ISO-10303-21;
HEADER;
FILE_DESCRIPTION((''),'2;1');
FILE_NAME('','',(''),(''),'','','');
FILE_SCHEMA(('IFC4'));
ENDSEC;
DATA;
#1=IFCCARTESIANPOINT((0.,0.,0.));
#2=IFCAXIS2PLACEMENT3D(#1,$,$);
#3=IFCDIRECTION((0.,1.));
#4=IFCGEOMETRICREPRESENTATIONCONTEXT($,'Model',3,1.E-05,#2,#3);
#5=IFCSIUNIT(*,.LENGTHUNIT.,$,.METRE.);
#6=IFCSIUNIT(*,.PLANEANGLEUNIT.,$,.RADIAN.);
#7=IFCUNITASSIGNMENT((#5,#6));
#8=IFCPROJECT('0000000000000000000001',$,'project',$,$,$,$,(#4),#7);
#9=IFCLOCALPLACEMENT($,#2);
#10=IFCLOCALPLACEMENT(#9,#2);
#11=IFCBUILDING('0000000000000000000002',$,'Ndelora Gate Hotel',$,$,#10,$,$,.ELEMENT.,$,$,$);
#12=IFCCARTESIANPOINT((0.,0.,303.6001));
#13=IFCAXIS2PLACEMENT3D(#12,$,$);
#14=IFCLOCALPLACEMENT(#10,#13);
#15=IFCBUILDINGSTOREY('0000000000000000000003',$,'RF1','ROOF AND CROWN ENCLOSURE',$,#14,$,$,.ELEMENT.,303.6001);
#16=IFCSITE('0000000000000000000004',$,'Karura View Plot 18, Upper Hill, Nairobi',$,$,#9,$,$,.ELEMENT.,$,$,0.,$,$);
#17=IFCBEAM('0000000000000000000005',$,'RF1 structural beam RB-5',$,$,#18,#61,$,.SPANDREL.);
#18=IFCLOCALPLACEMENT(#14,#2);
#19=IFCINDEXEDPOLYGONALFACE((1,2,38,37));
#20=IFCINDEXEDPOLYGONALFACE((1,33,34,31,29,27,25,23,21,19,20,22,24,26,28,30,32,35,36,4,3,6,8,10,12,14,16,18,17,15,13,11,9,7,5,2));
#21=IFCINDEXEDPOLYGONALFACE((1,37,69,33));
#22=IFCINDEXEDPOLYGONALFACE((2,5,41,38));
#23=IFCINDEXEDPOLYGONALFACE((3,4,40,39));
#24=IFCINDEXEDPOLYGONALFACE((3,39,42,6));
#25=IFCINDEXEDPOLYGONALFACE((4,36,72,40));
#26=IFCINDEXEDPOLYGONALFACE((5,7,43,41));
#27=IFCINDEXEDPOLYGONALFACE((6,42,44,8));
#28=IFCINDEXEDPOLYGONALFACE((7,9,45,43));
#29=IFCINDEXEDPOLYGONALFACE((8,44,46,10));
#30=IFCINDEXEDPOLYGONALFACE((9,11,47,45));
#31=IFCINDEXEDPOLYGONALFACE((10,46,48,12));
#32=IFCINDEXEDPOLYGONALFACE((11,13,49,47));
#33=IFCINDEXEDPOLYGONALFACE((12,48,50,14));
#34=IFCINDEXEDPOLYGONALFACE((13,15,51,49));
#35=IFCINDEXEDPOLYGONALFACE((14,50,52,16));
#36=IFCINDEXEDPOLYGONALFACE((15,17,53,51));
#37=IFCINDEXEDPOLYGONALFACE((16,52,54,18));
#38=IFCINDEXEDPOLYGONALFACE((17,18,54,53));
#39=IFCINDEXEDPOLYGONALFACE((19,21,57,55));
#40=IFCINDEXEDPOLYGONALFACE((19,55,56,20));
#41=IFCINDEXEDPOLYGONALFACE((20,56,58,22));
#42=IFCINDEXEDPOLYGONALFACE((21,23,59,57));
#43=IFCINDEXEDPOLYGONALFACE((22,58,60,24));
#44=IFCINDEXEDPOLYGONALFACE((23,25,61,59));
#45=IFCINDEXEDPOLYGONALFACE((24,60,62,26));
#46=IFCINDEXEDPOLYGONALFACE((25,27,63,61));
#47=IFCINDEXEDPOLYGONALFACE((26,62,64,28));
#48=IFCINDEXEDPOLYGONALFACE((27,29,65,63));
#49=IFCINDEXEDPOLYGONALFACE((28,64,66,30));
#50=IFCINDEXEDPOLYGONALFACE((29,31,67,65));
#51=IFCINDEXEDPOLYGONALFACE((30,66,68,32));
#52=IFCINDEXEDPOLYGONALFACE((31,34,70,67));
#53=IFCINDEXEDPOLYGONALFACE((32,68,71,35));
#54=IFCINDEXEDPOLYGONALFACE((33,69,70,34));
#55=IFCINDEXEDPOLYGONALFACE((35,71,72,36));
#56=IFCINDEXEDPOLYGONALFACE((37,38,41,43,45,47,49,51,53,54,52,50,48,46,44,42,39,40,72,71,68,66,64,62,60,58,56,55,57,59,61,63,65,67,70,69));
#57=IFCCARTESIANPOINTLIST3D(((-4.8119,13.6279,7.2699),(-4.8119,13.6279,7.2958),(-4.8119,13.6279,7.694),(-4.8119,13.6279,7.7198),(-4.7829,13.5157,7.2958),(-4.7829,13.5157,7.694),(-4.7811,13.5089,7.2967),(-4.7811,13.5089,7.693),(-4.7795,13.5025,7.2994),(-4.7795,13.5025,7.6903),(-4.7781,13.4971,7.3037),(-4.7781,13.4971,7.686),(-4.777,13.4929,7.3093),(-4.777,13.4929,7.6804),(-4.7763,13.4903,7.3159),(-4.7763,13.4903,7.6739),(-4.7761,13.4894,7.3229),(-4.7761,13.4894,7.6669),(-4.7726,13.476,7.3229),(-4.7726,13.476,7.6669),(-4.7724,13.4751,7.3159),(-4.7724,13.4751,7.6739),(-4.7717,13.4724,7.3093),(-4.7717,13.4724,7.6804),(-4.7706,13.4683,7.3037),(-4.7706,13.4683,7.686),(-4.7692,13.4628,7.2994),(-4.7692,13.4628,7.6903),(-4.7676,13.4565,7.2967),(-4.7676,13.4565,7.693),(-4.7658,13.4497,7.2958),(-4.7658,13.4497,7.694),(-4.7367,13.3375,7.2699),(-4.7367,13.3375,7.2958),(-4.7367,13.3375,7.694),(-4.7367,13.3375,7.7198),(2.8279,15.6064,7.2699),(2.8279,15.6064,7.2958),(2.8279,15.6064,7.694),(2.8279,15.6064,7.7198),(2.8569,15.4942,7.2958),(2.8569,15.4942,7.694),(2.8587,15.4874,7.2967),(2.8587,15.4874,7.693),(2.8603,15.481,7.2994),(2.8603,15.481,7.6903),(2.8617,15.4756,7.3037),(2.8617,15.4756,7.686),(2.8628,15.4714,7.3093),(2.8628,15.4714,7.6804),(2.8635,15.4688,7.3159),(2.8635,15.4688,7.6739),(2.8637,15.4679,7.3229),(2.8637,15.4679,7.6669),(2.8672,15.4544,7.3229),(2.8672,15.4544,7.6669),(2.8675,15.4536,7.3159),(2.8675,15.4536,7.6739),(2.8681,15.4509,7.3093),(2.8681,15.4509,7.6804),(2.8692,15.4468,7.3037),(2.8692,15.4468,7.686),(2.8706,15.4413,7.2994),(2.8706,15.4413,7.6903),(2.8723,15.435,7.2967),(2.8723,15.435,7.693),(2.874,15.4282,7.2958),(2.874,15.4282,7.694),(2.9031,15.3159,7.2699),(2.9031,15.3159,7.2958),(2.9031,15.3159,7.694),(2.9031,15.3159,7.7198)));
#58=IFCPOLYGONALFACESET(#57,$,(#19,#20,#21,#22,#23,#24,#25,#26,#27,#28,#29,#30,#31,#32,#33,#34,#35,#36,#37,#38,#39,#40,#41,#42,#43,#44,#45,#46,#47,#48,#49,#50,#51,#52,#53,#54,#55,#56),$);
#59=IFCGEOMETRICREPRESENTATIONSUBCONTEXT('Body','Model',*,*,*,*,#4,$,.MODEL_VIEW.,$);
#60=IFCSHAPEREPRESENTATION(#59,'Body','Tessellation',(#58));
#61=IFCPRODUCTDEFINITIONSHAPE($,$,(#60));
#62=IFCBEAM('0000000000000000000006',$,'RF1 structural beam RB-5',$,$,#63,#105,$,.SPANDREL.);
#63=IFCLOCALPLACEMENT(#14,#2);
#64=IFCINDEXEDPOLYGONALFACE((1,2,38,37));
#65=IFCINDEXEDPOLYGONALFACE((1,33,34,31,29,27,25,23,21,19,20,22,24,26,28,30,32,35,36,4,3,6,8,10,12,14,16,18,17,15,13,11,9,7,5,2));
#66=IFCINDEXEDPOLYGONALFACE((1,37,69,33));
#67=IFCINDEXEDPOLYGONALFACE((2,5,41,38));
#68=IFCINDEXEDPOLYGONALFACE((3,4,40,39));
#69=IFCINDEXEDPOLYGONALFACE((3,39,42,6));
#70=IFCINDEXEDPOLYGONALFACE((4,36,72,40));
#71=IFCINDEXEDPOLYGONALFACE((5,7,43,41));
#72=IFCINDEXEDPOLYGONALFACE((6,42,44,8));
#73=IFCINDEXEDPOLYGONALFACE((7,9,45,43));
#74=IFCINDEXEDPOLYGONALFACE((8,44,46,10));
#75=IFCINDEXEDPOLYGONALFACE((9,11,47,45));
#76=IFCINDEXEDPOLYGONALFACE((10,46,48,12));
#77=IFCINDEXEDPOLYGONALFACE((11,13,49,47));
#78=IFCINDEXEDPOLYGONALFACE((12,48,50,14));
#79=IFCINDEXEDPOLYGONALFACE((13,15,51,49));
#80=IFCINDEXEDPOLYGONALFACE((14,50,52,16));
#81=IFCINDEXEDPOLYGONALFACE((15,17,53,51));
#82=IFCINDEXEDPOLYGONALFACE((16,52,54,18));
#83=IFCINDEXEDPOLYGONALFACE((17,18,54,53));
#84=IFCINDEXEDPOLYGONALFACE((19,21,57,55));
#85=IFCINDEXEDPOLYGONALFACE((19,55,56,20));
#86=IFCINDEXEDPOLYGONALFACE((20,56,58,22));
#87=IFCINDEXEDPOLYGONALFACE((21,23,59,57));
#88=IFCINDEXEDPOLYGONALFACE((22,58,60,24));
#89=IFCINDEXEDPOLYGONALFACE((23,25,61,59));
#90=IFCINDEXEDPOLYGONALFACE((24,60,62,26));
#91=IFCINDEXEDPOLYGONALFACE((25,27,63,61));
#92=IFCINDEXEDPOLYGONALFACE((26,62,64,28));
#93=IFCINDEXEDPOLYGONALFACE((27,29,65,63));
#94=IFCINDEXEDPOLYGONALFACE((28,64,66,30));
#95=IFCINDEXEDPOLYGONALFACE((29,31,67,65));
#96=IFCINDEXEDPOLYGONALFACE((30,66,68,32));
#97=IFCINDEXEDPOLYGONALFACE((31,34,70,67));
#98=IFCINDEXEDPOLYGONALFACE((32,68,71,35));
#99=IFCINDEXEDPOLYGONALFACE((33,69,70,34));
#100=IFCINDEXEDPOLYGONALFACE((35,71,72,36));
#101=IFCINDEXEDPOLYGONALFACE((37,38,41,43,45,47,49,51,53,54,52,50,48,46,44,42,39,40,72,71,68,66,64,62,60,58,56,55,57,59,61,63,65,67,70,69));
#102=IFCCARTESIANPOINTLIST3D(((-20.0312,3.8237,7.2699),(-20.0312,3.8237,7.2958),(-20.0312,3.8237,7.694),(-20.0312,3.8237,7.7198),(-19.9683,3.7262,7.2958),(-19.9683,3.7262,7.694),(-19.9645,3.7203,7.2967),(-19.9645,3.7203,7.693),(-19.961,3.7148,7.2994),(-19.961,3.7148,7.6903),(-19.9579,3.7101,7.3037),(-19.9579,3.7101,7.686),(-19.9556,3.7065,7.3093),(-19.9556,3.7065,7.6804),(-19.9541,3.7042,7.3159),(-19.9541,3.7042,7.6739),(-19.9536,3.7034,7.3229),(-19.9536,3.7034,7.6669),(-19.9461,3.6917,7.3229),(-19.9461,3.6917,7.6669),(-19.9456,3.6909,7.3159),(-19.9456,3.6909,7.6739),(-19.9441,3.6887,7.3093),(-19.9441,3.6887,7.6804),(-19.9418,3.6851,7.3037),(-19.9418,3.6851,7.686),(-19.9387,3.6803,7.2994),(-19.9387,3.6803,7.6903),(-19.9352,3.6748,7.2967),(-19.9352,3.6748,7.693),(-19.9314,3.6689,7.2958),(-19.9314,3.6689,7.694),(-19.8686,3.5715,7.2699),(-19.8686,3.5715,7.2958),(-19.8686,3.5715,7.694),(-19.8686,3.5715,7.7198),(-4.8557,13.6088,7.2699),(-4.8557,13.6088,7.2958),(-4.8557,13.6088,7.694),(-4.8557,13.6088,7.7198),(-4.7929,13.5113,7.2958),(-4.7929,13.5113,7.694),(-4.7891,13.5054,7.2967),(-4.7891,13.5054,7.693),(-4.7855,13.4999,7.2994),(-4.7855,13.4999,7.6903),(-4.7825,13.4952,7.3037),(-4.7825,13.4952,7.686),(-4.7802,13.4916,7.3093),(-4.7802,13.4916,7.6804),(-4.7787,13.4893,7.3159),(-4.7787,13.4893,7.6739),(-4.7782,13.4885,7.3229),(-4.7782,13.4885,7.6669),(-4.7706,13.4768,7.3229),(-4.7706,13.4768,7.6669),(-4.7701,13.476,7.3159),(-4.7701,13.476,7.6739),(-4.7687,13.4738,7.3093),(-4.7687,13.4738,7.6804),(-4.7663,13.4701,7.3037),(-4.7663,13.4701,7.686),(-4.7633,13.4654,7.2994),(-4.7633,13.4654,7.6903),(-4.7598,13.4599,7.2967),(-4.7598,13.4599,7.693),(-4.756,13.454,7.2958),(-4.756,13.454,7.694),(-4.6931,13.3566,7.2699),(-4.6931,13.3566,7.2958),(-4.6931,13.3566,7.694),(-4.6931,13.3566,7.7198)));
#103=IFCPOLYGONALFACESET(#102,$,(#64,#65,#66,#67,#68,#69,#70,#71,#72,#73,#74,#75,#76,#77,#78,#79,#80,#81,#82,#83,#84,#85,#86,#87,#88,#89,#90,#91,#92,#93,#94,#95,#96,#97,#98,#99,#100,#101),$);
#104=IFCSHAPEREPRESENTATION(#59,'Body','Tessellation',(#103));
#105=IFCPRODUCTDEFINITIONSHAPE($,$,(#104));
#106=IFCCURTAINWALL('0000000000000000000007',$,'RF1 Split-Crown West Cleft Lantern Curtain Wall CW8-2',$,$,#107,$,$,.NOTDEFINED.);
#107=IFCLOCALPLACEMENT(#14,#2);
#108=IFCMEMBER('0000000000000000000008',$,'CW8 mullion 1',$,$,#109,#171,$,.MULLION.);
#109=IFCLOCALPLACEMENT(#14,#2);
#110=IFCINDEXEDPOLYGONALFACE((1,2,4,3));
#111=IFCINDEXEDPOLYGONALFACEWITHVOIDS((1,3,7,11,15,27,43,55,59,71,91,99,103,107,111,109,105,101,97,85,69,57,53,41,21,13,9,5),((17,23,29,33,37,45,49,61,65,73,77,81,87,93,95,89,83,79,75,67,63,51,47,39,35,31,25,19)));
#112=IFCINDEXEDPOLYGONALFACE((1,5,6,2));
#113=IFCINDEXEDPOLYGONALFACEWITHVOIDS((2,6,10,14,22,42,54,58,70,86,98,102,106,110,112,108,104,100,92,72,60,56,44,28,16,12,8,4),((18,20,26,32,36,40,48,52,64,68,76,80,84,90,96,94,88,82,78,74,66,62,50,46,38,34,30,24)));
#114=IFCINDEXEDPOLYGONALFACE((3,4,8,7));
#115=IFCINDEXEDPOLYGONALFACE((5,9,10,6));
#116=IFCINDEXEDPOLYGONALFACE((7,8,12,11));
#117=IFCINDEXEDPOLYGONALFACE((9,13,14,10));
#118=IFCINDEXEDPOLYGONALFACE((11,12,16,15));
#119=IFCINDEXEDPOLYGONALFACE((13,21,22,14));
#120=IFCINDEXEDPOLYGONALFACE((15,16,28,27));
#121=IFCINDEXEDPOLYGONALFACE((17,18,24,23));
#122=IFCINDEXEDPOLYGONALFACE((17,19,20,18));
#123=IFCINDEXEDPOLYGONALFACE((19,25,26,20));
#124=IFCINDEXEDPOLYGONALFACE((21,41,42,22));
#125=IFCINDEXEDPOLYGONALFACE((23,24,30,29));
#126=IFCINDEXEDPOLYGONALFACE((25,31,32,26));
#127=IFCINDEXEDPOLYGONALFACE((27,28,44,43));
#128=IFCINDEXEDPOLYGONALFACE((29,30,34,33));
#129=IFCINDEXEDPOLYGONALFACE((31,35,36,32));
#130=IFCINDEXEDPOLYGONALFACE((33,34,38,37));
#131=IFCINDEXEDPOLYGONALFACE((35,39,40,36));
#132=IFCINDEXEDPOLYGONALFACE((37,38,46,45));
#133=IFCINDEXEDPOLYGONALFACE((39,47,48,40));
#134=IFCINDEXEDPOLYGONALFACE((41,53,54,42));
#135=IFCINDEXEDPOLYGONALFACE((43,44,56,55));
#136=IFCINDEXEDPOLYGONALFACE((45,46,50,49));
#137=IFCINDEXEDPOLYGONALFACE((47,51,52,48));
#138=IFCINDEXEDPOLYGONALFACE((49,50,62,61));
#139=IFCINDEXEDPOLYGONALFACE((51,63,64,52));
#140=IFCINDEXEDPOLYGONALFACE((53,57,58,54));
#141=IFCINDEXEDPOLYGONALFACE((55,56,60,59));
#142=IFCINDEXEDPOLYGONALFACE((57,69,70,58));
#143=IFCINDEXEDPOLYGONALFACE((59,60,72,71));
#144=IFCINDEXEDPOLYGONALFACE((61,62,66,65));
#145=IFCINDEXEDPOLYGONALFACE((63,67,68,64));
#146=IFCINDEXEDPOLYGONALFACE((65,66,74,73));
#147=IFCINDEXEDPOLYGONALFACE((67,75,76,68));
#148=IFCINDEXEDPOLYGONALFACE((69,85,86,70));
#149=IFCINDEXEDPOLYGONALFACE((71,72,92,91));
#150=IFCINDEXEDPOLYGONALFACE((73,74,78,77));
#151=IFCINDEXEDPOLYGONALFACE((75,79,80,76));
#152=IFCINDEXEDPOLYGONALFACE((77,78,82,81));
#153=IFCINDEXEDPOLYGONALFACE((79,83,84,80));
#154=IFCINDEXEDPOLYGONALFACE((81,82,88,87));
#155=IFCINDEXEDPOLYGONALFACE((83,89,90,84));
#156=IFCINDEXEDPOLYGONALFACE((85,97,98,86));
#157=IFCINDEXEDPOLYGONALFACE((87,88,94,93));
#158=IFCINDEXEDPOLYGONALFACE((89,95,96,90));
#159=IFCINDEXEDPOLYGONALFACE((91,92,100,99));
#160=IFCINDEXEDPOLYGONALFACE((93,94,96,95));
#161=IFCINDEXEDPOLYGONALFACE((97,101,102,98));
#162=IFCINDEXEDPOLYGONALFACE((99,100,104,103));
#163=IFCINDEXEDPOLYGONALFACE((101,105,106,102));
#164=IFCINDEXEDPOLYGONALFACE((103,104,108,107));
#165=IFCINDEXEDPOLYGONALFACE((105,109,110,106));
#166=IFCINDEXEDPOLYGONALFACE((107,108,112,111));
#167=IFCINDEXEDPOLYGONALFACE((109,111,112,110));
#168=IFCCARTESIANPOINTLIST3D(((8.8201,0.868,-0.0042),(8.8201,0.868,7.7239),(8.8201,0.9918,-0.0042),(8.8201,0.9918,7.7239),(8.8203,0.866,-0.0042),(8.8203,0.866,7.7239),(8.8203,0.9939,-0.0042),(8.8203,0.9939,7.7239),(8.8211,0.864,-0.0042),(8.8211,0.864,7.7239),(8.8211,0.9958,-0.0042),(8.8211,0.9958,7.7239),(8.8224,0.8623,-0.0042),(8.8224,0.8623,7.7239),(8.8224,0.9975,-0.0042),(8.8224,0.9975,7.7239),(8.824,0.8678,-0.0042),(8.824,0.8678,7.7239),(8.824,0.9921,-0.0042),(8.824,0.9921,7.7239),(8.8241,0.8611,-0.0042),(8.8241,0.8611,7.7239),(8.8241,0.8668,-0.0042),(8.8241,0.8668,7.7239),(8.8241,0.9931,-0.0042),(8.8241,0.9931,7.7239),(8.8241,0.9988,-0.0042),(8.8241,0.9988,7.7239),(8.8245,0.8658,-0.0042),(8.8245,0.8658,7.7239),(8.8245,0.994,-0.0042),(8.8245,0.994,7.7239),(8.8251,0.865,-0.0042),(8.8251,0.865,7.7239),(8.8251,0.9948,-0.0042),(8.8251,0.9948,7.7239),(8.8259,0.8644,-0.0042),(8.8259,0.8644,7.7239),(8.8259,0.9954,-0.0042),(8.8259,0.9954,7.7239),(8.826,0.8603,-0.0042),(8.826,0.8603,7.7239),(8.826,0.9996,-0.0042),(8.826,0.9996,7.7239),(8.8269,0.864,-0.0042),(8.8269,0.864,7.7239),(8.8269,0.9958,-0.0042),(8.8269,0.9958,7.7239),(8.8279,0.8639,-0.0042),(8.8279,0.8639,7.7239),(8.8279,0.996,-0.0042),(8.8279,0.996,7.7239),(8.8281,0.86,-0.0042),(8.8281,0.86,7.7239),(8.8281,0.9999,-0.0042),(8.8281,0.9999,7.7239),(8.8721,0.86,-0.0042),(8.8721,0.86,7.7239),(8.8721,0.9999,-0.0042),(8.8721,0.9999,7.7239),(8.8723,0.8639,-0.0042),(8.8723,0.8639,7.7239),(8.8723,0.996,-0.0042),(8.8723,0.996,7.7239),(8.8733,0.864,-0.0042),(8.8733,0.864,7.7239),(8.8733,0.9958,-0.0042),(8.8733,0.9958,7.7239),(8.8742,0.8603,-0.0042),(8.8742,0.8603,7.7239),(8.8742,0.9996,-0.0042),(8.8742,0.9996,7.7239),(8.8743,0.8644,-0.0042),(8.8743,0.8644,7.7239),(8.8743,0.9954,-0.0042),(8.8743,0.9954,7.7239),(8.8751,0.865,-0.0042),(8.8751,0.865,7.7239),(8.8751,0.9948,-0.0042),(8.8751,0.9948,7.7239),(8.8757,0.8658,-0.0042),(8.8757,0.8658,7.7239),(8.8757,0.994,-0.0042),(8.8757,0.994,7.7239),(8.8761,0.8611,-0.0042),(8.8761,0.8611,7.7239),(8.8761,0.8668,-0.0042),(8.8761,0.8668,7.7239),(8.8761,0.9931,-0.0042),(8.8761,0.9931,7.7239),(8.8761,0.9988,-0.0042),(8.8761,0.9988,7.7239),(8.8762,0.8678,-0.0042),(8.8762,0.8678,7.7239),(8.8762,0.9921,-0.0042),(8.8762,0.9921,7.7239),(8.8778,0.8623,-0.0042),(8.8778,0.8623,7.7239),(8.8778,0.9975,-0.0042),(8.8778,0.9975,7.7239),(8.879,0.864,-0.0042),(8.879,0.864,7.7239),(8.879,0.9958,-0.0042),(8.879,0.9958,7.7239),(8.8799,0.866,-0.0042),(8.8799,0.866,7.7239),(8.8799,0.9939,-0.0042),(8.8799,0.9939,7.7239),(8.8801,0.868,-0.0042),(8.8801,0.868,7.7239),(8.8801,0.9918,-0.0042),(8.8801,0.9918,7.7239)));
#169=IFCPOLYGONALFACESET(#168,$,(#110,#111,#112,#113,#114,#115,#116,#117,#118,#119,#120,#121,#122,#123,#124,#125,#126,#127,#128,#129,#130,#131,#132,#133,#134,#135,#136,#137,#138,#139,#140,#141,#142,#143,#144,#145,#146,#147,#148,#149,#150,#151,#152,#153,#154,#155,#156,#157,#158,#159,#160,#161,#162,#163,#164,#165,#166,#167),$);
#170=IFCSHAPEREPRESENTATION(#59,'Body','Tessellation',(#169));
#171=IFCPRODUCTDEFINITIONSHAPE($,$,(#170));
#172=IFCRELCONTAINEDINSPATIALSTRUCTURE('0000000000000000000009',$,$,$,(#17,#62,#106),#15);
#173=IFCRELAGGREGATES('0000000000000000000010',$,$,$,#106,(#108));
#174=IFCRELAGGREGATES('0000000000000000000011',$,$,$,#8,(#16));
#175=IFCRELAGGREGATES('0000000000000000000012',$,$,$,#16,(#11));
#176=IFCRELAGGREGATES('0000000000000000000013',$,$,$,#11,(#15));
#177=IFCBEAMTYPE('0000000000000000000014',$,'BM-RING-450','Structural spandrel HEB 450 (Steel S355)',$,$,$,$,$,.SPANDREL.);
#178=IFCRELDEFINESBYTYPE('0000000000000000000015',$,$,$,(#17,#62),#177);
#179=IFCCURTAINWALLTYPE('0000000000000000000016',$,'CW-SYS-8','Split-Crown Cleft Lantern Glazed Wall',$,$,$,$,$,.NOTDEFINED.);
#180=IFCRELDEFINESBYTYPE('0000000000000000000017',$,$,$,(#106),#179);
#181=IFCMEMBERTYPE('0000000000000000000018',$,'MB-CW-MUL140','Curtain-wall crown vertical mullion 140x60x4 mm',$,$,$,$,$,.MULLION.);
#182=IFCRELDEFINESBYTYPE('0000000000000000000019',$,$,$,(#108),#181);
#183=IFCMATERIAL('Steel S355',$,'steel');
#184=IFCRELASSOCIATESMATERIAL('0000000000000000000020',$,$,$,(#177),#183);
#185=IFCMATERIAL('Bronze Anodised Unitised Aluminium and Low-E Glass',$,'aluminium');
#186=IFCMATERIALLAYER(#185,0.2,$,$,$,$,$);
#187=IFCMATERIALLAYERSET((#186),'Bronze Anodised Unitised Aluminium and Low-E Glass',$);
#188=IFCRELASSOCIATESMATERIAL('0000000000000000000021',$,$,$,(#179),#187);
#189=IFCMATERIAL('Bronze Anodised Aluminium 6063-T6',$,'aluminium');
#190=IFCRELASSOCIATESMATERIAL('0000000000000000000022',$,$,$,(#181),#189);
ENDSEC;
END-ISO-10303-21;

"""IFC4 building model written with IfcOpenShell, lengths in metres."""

from ifc_helpers import new_model, si_unit, direction, frame, origin, origin_2d, place, context, subcontext, project, spatial, hollow_rectangle, i_section, extrude, material, layer, layer_set, material_profile, profile_set, type_object, element, aggregate, save


model = new_model("IFC4")

# Units and contexts
model_context = context("Model", 3, precision=1e-05, world=origin(), true_north=direction((0.0, 1.0)))
body_context = subcontext(model_context, "Body", "Model", "MODEL_VIEW")
ifc_project = project(units=[si_unit("LENGTHUNIT", "METRE"), si_unit("PLANEANGLEUNIT", "RADIAN")], contexts=[model_context])

# Site, building, storey
site_placement = place(None, origin())
site = spatial("IfcSite", under=ifc_project, at=site_placement, Name="Karura View Plot 18, Upper Hill, Nairobi", CompositionType="ELEMENT", RefElevation=0.0)
building_placement = place(site_placement, origin())
building = spatial("IfcBuilding", under=site, at=building_placement, Name="Ndelora Gate Hotel", CompositionType="ELEMENT")
storey_placement = place(building_placement, frame((0.0, 0.0, 303.6001)))
storey = spatial("IfcBuildingStorey", under=building, at=storey_placement, Name="RF1", Description="ROOF AND CROWN ENCLOSURE", CompositionType="ELEMENT", Elevation=303.6001)

# Beams
ifc_material_1 = material(Name="Steel S355", Category="steel")
ifc_material_profile_1 = material_profile(ifc_material_1, i_section(OverallWidth=0.3, OverallDepth=0.45, WebThickness=0.0139, FlangeThickness=0.0259, FilletRadius=0.0271, at=origin_2d()), Name="HEB 450")
ifc_profile_set_1 = profile_set([ifc_material_profile_1], Name="Steel S355")
beam_type_1 = type_object("IfcBeamType", Name="BM-RING-450", Description="Structural spandrel HEB 450 (Steel S355)", PredefinedType="SPANDREL", material=ifc_profile_set_1)
beam_1_placement = place(storey_placement, frame((2.8655, 15.4612, 7.4949), z_axis=(-0.968064, -0.250701, 0.0), x_axis=(0.250701, -0.968064, 0.0)))
element("IfcBeam", 1, at=beam_1_placement, inside=storey, type_object=beam_type_1, Name="RF1 structural beam RB-5", PredefinedType="SPANDREL", context=body_context, shape_type="SweptSolid", body=[
    extrude(i_section(OverallWidth=0.3, OverallDepth=0.45, WebThickness=0.0139, FlangeThickness=0.0259, FilletRadius=0.0271, at=origin_2d()), origin(), (0.0, 0.0, 1.0), 7.8918),
])
beam_2_placement = place(storey_placement, frame((-4.7744, 13.4827, 7.4949), z_axis=(-0.840436, -0.541911, 0.0), x_axis=(0.541911, -0.840436, 0.0)))
element("IfcBeam", 2, at=beam_2_placement, inside=storey, type_object=beam_type_1, Name="RF1 structural beam RB-5", PredefinedType="SPANDREL", context=body_context, shape_type="SweptSolid", body=[
    extrude(i_section(OverallWidth=0.3, OverallDepth=0.45, WebThickness=0.0139, FlangeThickness=0.0259, FilletRadius=0.0271, at=origin_2d()), origin(), (0.0, 0.0, 1.0), 18.0566),
])

# Curtain wall, member
ifc_material_2 = material(Name="Bronze Anodised Unitised Aluminium and Low-E Glass", Category="aluminium")
ifc_layer_1 = layer(ifc_material_2, 0.2)
ifc_layer_set_1 = layer_set([ifc_layer_1], Name="Bronze Anodised Unitised Aluminium and Low-E Glass")
curtain_wall_type = type_object("IfcCurtainWallType", Name="CW-SYS-8", Description="Split-Crown Cleft Lantern Glazed Wall", PredefinedType="NOTDEFINED", material=ifc_layer_set_1)
curtain_wall_placement = place(storey_placement, origin())
curtain_wall = element("IfcCurtainWall", 3, at=curtain_wall_placement, inside=storey, type_object=curtain_wall_type, Name="RF1 Split-Crown West Cleft Lantern Curtain Wall CW8-2", PredefinedType="NOTDEFINED")
ifc_material_3 = material(Name="Bronze Anodised Aluminium 6063-T6", Category="aluminium")
ifc_material_profile_2 = material_profile(ifc_material_3, hollow_rectangle(XDim=0.0601, YDim=0.1399, WallThickness=0.0039, InnerFilletRadius=0.0039, OuterFilletRadius=0.0081, at=origin_2d()), Name="ALU 140x60x4")
ifc_profile_set_2 = profile_set([ifc_material_profile_2], Name="Bronze Anodised Aluminium 6063-T6")
member_type_1 = type_object("IfcMemberType", Name="MB-CW-MUL140", Description="Curtain-wall crown vertical mullion 140x60x4 mm", PredefinedType="MULLION", material=ifc_profile_set_2)
member_1_placement = place(storey_placement, frame((8.8501, 0.9299, -0.0042), z_axis=(0.0, 0.0, 1.0), x_axis=(-1.0, 0.0, 0.0)))
member_1 = element("IfcMember", 4, at=member_1_placement, type_object=member_type_1, Name="CW8 mullion 1", PredefinedType="MULLION", context=body_context, shape_type="SweptSolid", body=[
    extrude(hollow_rectangle(XDim=0.0601, YDim=0.1399, WallThickness=0.0039, InnerFilletRadius=0.0039, OuterFilletRadius=0.0081, at=origin_2d()), origin(), (0.0, 0.0, 1.0), 7.728),
])
aggregate(curtain_wall, [member_1])

save(model, "model.ifc")
